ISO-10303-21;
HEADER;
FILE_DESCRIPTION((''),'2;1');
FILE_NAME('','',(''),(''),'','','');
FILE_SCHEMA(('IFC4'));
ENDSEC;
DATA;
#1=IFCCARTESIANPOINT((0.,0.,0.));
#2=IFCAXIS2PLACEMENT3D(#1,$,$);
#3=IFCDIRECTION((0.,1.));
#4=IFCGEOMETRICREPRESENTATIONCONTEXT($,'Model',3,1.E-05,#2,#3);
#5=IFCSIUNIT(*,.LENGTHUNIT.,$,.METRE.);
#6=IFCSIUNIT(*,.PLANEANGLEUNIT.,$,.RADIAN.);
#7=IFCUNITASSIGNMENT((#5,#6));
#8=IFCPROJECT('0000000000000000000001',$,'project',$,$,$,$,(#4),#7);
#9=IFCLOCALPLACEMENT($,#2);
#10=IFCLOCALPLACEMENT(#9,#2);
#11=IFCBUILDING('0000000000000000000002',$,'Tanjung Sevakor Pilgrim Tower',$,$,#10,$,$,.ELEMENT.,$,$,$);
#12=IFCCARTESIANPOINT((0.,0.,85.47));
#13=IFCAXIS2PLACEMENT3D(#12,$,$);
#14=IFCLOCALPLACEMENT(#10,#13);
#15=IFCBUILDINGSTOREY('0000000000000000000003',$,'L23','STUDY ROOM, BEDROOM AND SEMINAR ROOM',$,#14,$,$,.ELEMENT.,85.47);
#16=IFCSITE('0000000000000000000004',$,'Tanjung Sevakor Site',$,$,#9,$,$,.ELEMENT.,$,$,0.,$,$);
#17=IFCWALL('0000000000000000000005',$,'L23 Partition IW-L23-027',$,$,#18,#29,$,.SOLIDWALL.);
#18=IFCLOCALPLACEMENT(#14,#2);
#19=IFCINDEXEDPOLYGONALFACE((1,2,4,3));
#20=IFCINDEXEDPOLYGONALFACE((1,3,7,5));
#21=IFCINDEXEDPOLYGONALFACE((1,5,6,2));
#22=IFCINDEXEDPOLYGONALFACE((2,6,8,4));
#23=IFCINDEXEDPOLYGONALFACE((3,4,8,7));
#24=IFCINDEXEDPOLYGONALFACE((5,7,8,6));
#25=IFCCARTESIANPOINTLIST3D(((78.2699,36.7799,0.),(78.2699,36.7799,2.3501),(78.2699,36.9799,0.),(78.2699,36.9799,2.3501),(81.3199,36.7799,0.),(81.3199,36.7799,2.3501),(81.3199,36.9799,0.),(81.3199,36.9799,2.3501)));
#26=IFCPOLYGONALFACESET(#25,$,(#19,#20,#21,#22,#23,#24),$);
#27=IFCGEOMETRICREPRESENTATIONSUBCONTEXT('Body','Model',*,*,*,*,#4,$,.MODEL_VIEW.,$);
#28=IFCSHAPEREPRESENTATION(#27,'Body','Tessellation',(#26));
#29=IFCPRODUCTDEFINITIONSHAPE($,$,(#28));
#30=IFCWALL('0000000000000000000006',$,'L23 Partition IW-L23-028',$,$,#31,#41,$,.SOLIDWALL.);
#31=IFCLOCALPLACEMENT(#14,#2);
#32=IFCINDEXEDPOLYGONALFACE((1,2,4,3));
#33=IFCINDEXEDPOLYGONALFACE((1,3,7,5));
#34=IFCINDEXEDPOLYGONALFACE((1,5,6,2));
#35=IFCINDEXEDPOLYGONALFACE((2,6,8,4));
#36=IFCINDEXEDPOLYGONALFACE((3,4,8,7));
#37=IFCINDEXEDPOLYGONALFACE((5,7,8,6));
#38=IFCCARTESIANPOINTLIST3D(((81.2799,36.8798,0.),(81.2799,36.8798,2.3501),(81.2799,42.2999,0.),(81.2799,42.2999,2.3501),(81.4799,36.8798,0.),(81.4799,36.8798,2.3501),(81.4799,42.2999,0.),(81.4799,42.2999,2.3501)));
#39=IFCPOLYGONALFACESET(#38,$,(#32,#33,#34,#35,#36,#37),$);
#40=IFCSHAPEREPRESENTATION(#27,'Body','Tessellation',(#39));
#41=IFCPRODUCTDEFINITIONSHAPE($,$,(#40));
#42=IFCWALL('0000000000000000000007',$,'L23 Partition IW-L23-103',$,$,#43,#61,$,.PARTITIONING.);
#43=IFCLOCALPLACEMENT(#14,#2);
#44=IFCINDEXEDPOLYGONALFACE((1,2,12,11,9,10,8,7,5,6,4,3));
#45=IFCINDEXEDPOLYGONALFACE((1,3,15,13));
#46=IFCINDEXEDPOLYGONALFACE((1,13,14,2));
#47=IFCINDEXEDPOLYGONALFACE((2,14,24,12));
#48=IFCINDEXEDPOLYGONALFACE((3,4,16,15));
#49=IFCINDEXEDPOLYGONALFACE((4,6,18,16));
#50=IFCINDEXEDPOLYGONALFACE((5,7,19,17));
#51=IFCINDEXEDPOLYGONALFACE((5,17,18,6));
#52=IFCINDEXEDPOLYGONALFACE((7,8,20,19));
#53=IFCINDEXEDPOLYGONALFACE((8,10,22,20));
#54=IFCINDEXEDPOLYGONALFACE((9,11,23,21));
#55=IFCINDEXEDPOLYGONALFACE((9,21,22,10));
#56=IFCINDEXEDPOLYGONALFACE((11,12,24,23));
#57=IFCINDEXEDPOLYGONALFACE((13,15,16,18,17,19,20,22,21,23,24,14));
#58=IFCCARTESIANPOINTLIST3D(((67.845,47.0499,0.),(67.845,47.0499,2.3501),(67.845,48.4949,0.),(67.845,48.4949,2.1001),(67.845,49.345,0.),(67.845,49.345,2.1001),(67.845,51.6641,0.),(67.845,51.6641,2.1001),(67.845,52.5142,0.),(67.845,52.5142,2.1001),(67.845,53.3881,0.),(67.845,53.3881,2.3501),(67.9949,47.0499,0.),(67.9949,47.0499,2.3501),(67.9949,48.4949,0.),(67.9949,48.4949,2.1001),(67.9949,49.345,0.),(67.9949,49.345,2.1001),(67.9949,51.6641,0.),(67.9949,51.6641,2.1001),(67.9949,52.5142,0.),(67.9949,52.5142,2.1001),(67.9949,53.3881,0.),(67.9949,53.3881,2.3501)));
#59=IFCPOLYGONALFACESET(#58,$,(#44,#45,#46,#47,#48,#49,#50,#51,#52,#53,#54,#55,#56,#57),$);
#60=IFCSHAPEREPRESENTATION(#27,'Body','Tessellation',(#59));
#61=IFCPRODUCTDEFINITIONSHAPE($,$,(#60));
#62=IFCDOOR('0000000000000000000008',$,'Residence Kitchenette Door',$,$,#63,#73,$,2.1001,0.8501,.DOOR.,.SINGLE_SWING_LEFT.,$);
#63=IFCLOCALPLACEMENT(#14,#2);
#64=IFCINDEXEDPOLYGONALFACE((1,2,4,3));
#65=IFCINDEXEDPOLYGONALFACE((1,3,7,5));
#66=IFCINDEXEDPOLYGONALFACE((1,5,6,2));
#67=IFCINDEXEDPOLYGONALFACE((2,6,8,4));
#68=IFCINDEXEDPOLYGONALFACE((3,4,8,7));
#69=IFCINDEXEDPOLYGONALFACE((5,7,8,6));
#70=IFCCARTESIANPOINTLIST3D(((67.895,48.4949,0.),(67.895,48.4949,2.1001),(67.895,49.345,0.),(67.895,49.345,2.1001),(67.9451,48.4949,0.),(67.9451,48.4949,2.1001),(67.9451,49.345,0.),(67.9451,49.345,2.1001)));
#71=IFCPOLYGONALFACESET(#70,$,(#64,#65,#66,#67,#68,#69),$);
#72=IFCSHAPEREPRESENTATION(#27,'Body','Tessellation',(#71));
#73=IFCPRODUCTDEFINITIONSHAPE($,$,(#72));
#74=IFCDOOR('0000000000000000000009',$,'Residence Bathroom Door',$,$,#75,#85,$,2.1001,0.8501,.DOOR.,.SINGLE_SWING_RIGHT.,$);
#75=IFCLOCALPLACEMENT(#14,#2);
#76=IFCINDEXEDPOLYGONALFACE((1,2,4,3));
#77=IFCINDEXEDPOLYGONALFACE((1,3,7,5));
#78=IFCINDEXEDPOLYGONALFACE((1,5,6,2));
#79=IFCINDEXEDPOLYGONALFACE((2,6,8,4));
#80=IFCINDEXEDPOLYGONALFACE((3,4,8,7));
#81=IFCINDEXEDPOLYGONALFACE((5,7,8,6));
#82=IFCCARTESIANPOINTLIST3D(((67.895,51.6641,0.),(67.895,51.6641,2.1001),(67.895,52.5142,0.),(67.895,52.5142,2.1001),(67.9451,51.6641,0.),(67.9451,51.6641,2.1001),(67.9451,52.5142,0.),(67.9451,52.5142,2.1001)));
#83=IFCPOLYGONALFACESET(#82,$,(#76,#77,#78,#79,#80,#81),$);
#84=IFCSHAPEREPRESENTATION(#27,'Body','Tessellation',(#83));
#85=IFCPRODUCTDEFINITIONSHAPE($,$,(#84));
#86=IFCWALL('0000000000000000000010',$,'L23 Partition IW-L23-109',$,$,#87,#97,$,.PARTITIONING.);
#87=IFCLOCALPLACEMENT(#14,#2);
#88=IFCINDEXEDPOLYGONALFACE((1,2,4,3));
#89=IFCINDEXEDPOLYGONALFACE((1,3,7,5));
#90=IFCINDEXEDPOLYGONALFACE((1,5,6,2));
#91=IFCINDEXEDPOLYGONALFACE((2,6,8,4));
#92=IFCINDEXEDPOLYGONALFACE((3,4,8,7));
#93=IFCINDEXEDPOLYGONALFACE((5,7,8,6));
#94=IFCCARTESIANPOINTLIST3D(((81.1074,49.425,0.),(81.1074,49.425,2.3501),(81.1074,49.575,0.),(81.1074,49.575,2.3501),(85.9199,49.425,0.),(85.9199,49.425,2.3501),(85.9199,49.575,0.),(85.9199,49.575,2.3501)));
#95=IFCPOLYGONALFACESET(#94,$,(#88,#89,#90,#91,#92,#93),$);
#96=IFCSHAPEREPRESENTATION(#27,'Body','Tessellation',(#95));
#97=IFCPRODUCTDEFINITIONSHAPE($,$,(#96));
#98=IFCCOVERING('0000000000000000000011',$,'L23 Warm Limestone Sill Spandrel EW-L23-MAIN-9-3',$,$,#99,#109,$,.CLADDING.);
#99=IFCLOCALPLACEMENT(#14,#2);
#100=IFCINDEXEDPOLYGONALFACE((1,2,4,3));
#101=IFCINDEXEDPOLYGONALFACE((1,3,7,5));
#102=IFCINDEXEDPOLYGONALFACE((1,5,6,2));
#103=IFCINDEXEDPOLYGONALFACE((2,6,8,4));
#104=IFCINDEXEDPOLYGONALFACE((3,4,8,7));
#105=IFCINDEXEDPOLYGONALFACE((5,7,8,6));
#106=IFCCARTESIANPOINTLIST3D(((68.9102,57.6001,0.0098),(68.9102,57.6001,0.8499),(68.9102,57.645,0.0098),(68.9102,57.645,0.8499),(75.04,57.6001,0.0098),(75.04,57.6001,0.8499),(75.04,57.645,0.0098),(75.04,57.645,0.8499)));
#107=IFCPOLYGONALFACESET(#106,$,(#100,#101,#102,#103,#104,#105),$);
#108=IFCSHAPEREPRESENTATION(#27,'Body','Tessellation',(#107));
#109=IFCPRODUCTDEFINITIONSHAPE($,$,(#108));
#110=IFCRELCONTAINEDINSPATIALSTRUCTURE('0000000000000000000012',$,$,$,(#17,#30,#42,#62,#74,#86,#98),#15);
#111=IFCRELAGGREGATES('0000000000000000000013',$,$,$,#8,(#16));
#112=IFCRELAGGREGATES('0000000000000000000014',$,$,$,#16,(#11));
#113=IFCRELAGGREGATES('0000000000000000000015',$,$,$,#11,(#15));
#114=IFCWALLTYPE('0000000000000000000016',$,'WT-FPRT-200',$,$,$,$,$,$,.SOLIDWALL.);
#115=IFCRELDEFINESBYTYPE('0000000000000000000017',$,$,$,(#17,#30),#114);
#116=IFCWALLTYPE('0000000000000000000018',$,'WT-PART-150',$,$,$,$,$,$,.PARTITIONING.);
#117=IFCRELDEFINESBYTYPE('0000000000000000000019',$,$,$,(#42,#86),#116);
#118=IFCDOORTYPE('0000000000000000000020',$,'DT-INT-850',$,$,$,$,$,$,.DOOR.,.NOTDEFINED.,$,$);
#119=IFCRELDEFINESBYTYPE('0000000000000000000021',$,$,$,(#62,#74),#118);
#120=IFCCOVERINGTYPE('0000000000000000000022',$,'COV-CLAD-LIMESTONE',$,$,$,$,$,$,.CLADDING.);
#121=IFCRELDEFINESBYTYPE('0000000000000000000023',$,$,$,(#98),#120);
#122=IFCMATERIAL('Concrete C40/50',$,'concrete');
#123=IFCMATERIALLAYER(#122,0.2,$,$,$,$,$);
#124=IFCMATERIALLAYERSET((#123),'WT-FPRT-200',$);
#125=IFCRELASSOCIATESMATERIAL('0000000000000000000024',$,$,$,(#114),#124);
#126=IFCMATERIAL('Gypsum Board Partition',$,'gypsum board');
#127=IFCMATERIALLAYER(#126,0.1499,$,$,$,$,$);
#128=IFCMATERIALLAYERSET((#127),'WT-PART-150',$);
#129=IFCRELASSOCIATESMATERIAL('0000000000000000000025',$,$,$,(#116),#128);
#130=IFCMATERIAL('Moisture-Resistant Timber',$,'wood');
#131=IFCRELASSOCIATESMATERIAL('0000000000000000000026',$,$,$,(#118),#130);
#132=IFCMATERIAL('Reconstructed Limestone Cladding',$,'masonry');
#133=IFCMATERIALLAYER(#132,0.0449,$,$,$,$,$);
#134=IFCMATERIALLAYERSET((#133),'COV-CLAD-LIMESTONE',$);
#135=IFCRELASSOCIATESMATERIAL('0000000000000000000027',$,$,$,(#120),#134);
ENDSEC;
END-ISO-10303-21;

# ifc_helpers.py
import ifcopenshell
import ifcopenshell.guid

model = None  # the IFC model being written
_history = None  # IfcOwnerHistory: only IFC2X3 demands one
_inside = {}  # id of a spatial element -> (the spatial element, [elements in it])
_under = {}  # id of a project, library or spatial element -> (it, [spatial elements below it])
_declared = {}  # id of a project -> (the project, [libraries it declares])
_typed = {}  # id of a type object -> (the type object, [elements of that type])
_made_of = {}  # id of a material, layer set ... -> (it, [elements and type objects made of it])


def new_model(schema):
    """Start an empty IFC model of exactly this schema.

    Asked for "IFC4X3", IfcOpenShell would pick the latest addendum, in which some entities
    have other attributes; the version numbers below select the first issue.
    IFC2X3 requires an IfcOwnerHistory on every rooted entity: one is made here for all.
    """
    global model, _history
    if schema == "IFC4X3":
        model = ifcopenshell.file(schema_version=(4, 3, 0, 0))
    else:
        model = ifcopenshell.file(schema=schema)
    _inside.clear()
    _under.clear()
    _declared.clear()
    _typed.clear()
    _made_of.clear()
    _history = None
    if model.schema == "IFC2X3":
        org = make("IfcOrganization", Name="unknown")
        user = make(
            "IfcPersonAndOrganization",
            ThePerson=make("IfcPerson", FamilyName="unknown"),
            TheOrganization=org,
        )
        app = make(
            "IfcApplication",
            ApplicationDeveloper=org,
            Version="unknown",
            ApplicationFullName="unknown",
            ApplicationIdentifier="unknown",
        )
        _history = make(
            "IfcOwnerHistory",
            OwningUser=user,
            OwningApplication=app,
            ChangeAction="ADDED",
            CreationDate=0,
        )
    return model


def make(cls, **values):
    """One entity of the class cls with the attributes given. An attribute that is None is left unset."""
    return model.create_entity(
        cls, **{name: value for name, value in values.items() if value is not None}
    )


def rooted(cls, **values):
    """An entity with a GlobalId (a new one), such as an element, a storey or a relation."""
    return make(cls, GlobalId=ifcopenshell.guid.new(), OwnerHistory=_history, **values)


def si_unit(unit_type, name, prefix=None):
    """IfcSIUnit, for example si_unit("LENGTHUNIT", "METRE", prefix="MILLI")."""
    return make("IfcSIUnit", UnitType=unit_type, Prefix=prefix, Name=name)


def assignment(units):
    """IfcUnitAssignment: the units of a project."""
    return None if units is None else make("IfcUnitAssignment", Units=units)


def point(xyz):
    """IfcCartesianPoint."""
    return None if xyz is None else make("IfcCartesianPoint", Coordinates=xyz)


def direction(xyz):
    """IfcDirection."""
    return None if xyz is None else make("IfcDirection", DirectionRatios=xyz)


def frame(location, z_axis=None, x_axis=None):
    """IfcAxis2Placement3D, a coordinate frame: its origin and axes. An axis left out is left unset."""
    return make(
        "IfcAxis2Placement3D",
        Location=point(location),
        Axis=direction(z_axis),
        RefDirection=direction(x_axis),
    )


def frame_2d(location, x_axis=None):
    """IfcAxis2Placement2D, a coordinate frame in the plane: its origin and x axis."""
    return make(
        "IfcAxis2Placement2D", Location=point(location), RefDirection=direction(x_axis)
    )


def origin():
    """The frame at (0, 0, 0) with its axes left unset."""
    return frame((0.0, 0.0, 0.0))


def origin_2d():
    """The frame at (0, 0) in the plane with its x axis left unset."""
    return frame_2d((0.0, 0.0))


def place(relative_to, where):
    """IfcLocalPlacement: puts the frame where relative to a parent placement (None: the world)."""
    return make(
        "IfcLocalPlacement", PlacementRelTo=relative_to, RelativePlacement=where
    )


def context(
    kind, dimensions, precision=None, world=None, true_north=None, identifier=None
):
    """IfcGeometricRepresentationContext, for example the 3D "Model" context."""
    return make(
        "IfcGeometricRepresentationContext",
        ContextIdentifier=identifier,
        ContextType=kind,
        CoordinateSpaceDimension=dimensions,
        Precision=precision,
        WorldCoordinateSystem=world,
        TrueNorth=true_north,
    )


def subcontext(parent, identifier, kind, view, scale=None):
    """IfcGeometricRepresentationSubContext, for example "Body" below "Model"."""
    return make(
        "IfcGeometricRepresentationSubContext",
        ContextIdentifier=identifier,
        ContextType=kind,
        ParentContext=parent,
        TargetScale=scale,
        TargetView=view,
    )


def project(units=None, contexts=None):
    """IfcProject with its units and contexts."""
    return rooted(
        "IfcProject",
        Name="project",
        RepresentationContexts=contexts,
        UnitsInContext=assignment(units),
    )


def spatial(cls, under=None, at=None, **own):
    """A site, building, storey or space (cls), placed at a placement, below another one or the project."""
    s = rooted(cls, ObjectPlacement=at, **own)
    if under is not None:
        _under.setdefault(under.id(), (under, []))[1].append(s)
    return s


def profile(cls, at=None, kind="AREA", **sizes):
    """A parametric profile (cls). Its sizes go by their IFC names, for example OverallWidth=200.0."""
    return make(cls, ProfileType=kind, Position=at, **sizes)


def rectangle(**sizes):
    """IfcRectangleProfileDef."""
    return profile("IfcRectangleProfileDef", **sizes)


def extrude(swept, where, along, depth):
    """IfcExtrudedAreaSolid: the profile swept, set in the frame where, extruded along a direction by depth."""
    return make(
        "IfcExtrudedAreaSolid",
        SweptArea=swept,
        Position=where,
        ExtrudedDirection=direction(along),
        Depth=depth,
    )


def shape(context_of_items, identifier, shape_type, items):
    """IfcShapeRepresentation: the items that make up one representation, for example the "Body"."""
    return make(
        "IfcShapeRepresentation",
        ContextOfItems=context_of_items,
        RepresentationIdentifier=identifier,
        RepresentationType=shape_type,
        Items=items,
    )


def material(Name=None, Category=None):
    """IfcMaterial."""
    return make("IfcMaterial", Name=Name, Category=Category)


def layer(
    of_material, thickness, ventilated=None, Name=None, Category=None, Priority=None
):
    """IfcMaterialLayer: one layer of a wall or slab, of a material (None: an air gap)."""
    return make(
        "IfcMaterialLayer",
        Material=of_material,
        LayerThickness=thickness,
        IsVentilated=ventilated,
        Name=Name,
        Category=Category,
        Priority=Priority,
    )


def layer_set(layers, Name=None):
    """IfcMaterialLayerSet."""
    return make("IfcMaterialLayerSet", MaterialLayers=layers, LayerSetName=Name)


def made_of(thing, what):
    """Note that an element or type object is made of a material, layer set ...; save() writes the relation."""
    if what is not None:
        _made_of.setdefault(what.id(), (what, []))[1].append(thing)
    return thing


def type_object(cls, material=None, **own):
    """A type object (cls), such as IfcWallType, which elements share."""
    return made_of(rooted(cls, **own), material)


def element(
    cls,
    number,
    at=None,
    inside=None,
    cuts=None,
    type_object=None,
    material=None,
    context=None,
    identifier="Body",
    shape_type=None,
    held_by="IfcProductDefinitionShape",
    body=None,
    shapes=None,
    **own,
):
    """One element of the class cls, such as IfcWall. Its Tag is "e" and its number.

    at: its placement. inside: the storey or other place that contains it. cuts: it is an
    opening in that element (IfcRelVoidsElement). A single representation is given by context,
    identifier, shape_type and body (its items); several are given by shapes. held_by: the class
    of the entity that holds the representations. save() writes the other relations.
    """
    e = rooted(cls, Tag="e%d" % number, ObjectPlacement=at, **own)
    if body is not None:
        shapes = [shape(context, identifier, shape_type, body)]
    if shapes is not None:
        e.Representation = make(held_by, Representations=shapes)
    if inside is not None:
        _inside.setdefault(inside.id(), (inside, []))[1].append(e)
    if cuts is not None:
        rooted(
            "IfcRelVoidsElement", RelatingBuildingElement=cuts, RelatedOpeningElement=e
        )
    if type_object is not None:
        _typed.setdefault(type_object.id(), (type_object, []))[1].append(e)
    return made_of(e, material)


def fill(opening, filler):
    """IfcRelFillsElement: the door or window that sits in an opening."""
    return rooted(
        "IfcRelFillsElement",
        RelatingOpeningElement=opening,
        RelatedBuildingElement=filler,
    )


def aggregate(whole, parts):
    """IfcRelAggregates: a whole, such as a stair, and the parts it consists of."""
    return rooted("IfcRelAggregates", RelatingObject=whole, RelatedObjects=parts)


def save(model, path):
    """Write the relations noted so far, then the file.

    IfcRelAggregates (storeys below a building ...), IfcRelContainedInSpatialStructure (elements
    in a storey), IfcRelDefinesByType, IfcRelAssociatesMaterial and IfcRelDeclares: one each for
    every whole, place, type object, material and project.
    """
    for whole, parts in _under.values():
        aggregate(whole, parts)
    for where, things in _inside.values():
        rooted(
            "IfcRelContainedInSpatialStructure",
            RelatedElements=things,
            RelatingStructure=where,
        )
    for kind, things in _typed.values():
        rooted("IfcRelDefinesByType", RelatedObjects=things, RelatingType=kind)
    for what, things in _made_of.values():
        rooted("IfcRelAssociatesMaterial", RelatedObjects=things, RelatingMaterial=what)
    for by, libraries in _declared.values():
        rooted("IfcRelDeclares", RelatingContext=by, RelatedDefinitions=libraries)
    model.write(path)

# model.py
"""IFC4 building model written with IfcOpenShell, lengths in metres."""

from ifc_helpers import new_model, si_unit, direction, frame, frame_2d, origin, origin_2d, place, context, subcontext, project, spatial, rectangle, extrude, material, layer, layer_set, type_object, element, fill, save


model = new_model("IFC4")

# Units and contexts
model_context = context("Model", 3, precision=1e-05, world=origin(), true_north=direction((0.0, 1.0)))
body_context = subcontext(model_context, "Body", "Model", "MODEL_VIEW")
ifc_project = project(units=[si_unit("LENGTHUNIT", "METRE"), si_unit("PLANEANGLEUNIT", "RADIAN")], contexts=[model_context])

# Site, building, storey
site_placement = place(None, origin())
site = spatial("IfcSite", under=ifc_project, at=site_placement, Name="Tanjung Sevakor Site", CompositionType="ELEMENT", RefElevation=0.0)
building_placement = place(site_placement, origin())
building = spatial("IfcBuilding", under=site, at=building_placement, Name="Tanjung Sevakor Pilgrim Tower", CompositionType="ELEMENT")
storey_placement = place(building_placement, frame((0.0, 0.0, 85.47)))
storey = spatial("IfcBuildingStorey", under=building, at=storey_placement, Name="L23", Description="STUDY ROOM, BEDROOM AND SEMINAR ROOM", CompositionType="ELEMENT", Elevation=85.47)

# Walls
ifc_material_1 = material(Name="Concrete C40/50", Category="concrete")
ifc_layer_1 = layer(ifc_material_1, 0.2)
ifc_layer_set_1 = layer_set([ifc_layer_1], Name="WT-FPRT-200")
wall_type_1 = type_object("IfcWallType", Name="WT-FPRT-200", PredefinedType="SOLIDWALL", material=ifc_layer_set_1)
wall_1_placement = place(storey_placement, frame((78.27, 36.8799, 0.0), z_axis=(0.0, 0.0, 1.0), x_axis=(1.0, 0.0, 0.0)))
element("IfcWall", 1, at=wall_1_placement, inside=storey, type_object=wall_type_1, Name="L23 Partition IW-L23-027", PredefinedType="SOLIDWALL", context=body_context, shape_type="SweptSolid", body=[
    extrude(rectangle(XDim=3.05, YDim=0.2, at=frame_2d((1.5249, 0.0))), origin(), (0.0, 0.0, 1.0), 2.3501),
])
wall_2_placement = place(storey_placement, frame((81.3799, 36.8799, 0.0), z_axis=(0.0, 0.0, 1.0), x_axis=(0.0, 1.0, 0.0)))
element("IfcWall", 2, at=wall_2_placement, inside=storey, type_object=wall_type_1, Name="L23 Partition IW-L23-028", PredefinedType="SOLIDWALL", context=body_context, shape_type="SweptSolid", body=[
    extrude(rectangle(XDim=5.4202, YDim=0.2, at=frame_2d((2.71, 0.0))), origin(), (0.0, 0.0, 1.0), 2.3501),
])

# Wall, openings, doors
ifc_material_2 = material(Name="Gypsum Board Partition", Category="gypsum board")
ifc_layer_2 = layer(ifc_material_2, 0.1499)
ifc_layer_set_2 = layer_set([ifc_layer_2], Name="WT-PART-150")
wall_type_2 = type_object("IfcWallType", Name="WT-PART-150", PredefinedType="PARTITIONING", material=ifc_layer_set_2)
wall_3_placement = place(storey_placement, frame((67.9199, 47.05, 0.0), z_axis=(0.0, 0.0, 1.0), x_axis=(0.0, 1.0, 0.0)))
wall_3 = element("IfcWall", 3, at=wall_3_placement, inside=storey, type_object=wall_type_2, Name="L23 Partition IW-L23-103", PredefinedType="PARTITIONING", context=body_context, shape_type="SweptSolid", body=[
    extrude(rectangle(XDim=6.3381, YDim=0.1499, at=frame_2d((3.1689, 0.0))), origin(), (0.0, 0.0, 1.0), 2.3501),
])
opening_1_placement = place(wall_3_placement, frame((1.4448, 0.0, 0.0)))
opening_1 = element("IfcOpeningElement", 4, at=opening_1_placement, cuts=wall_3, PredefinedType="OPENING", context=body_context, shape_type="SweptSolid", body=[
    extrude(rectangle(XDim=0.8501, YDim=2.1001, at=frame_2d((0.425, 1.05))), frame((0.0, 0.085, 0.0), z_axis=(0.0, -1.0, 0.0), x_axis=(1.0, 0.0, 0.0)), (0.0, 0.0, 1.0), 0.1699),
])
opening_2_placement = place(wall_3_placement, frame((4.614, 0.0, 0.0)))
opening_2 = element("IfcOpeningElement", 5, at=opening_2_placement, cuts=wall_3, PredefinedType="OPENING", context=body_context, shape_type="SweptSolid", body=[
    extrude(rectangle(XDim=0.8501, YDim=2.1001, at=frame_2d((0.425, 1.05))), frame((0.0, 0.085, 0.0), z_axis=(0.0, -1.0, 0.0), x_axis=(1.0, 0.0, 0.0)), (0.0, 0.0, 1.0), 0.1699),
])
ifc_material_3 = material(Name="Moisture-Resistant Timber", Category="wood")
door_type_1 = type_object("IfcDoorType", Name="DT-INT-850", OperationType="NOTDEFINED", PredefinedType="DOOR", material=ifc_material_3)
door_1_placement = place(opening_1_placement, origin())
door_1 = element("IfcDoor", 6, at=door_1_placement, inside=storey, type_object=door_type_1, Name="Residence Kitchenette Door", OperationType="SINGLE_SWING_LEFT", OverallHeight=2.1001, OverallWidth=0.8501, PredefinedType="DOOR", context=body_context, shape_type="SweptSolid", body=[
    extrude(rectangle(XDim=0.8501, YDim=2.1001, at=frame_2d((0.425, 1.05))), frame((0.0, 0.0249, 0.0), z_axis=(0.0, -1.0, 0.0), x_axis=(1.0, 0.0, 0.0)), (0.0, 0.0, 1.0), 0.05),
])
fill(opening_1, door_1)
door_2_placement = place(opening_2_placement, origin())
door_2 = element("IfcDoor", 7, at=door_2_placement, inside=storey, type_object=door_type_1, Name="Residence Bathroom Door", OperationType="SINGLE_SWING_RIGHT", OverallHeight=2.1001, OverallWidth=0.8501, PredefinedType="DOOR", context=body_context, shape_type="SweptSolid", body=[
    extrude(rectangle(XDim=0.8501, YDim=2.1001, at=frame_2d((0.425, 1.05))), frame((0.0, 0.0249, 0.0), z_axis=(0.0, -1.0, 0.0), x_axis=(1.0, 0.0, 0.0)), (0.0, 0.0, 1.0), 0.05),
])
fill(opening_2, door_2)

# Wall
wall_4_placement = place(storey_placement, frame((81.1074, 49.5, 0.0), z_axis=(0.0, 0.0, 1.0), x_axis=(1.0, 0.0, 0.0)))
element("IfcWall", 8, at=wall_4_placement, inside=storey, type_object=wall_type_2, Name="L23 Partition IW-L23-109", PredefinedType="PARTITIONING", context=body_context, shape_type="SweptSolid", body=[
    extrude(rectangle(XDim=4.8125, YDim=0.1499, at=frame_2d((2.4062, 0.0))), origin(), (0.0, 0.0, 1.0), 2.3501),
])

# Covering
ifc_material_4 = material(Name="Reconstructed Limestone Cladding", Category="masonry")
ifc_layer_3 = layer(ifc_material_4, 0.0449)
ifc_layer_set_3 = layer_set([ifc_layer_3], Name="COV-CLAD-LIMESTONE")
covering_type = type_object("IfcCoveringType", Name="COV-CLAD-LIMESTONE", PredefinedType="CLADDING", material=ifc_layer_set_3)
covering_placement = place(storey_placement, frame((71.9751, 57.6226, 0.0098), z_axis=(0.0, 0.0, 1.0), x_axis=(-1.0, 0.0, 0.0)))
element("IfcCovering", 9, at=covering_placement, inside=storey, type_object=covering_type, Name="L23 Warm Limestone Sill Spandrel EW-L23-MAIN-9-3", PredefinedType="CLADDING", context=body_context, shape_type="SweptSolid", body=[
    extrude(rectangle(XDim=6.1299, YDim=0.0449, at=origin_2d()), origin(), (0.0, 0.0, 1.0), 0.8401),
])

save(model, "model.ifc")
